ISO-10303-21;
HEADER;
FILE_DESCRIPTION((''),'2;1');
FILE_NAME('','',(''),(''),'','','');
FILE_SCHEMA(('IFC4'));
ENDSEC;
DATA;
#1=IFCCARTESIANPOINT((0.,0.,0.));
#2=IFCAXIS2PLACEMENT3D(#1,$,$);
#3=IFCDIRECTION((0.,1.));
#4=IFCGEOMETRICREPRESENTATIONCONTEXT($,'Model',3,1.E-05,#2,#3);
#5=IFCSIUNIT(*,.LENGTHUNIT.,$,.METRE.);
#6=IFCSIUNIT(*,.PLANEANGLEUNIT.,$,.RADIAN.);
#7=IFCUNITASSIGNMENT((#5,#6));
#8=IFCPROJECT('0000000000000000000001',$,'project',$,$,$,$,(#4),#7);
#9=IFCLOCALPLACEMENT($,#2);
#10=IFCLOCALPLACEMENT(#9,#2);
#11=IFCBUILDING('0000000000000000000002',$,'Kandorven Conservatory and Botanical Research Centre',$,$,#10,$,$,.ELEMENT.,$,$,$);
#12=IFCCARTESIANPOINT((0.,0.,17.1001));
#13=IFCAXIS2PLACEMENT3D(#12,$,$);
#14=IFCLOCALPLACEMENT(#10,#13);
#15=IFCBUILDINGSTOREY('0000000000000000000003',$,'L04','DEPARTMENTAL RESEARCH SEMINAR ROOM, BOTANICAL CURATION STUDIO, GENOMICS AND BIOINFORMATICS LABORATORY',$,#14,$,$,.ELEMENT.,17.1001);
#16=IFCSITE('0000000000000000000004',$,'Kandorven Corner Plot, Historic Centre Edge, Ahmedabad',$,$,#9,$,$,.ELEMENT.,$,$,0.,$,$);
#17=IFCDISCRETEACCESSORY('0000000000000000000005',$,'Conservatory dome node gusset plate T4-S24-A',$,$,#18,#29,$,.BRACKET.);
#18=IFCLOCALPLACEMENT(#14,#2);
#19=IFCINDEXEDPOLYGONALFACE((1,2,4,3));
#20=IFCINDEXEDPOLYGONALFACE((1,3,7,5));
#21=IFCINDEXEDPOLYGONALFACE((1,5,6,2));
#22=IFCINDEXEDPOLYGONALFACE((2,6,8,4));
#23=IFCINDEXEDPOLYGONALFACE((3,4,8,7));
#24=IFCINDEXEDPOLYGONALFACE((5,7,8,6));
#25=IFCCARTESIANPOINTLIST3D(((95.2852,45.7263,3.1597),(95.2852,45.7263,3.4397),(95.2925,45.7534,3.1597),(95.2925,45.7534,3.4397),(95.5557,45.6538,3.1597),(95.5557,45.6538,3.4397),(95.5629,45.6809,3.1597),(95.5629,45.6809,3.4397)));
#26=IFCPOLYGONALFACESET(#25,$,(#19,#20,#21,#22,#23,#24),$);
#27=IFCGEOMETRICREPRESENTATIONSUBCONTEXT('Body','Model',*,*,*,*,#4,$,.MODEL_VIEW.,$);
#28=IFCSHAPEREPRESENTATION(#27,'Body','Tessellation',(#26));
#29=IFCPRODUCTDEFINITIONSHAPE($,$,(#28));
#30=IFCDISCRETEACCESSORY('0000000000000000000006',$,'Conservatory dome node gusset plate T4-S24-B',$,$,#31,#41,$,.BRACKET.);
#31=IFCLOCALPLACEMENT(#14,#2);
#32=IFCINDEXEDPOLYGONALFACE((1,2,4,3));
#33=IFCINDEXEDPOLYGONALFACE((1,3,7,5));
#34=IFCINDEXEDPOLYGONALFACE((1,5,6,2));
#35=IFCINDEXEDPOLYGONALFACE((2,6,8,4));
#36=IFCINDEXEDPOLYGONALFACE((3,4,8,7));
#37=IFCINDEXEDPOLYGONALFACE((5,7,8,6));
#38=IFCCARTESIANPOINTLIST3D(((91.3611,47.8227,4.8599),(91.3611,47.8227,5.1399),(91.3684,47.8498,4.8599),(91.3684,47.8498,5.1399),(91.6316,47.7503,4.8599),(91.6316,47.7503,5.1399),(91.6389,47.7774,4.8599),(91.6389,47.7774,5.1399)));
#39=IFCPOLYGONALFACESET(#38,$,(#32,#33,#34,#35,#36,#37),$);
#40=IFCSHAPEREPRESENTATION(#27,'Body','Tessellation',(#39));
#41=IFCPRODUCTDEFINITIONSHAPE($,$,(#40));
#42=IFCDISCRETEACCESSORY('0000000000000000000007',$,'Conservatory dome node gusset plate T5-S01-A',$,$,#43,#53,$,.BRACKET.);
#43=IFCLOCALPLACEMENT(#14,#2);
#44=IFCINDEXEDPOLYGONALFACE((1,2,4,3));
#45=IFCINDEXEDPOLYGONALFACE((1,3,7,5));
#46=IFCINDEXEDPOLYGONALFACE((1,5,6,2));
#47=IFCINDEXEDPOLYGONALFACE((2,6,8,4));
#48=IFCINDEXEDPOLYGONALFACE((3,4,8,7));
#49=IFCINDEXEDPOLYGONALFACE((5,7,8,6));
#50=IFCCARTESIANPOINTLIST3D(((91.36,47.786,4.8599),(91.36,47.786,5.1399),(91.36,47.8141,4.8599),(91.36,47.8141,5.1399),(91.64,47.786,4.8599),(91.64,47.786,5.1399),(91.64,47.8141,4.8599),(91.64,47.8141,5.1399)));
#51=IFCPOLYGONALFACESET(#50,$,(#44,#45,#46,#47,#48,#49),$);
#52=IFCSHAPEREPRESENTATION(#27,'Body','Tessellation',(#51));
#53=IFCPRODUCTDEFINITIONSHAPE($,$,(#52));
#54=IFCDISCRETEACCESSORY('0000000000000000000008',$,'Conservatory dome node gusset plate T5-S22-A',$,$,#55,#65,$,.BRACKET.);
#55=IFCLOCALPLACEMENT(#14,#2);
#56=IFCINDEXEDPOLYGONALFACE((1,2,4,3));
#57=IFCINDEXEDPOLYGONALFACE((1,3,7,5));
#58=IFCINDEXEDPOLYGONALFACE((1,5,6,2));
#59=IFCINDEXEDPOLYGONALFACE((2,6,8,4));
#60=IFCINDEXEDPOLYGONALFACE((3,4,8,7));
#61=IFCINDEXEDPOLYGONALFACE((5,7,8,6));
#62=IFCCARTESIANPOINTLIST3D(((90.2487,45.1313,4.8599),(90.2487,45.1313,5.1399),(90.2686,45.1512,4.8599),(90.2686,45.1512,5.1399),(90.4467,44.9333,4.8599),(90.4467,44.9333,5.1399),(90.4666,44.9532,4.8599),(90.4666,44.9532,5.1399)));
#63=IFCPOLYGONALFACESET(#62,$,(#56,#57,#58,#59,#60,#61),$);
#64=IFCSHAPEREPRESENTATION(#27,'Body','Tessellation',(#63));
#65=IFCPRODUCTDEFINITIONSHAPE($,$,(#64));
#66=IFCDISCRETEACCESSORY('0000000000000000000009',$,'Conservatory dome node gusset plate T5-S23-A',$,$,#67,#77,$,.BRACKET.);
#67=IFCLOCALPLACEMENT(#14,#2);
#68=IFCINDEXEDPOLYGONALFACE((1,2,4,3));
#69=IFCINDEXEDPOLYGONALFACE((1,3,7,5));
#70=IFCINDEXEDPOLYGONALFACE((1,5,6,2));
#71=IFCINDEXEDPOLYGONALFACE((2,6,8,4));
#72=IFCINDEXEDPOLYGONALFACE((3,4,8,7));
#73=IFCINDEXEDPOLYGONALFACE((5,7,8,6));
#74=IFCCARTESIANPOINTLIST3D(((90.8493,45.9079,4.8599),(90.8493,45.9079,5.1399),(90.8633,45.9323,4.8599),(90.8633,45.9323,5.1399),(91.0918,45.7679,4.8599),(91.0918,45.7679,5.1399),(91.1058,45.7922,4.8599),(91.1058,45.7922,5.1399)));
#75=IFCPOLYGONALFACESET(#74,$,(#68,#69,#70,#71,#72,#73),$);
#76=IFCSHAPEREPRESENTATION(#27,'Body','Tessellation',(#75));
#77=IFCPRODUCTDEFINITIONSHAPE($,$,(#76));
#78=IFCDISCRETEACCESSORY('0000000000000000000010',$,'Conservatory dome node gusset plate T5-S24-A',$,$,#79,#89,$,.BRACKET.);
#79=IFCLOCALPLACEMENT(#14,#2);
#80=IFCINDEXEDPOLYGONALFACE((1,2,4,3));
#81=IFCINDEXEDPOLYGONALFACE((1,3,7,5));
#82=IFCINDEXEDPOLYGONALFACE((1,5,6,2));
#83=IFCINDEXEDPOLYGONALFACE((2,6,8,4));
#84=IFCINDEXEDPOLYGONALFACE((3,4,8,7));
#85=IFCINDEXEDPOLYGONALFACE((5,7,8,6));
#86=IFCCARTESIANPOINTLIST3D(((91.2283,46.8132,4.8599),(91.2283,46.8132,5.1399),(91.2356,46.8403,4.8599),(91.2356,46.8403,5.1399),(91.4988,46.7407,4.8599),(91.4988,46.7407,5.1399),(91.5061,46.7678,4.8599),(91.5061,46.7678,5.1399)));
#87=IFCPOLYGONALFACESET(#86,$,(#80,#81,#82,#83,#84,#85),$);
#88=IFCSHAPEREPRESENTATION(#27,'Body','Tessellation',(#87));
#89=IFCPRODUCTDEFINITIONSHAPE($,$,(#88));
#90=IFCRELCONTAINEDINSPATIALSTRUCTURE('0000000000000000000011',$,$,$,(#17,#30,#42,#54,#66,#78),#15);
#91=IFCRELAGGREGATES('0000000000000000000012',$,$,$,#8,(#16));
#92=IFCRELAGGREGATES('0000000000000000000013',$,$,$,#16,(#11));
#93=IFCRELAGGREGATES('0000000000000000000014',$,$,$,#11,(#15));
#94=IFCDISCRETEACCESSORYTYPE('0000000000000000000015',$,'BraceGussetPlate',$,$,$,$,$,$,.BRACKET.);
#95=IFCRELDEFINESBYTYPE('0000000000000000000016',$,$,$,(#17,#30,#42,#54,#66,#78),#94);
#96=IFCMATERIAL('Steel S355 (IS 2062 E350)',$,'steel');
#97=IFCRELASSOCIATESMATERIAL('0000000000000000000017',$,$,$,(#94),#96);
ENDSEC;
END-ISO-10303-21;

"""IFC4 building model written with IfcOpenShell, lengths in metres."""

from ifc_helpers import new_model, si_unit, direction, frame, origin, origin_2d, place, context, subcontext, project, spatial, rectangle, extrude, material, type_object, element, save


model = new_model("IFC4")

# Units and contexts
model_context = context("Model", 3, precision=1e-05, world=origin(), true_north=direction((0.0, 1.0)))
body_context = subcontext(model_context, "Body", "Model", "MODEL_VIEW")
ifc_project = project(units=[si_unit("LENGTHUNIT", "METRE"), si_unit("PLANEANGLEUNIT", "RADIAN")], contexts=[model_context])

# Site, building, storey
site_placement = place(None, origin())
site = spatial("IfcSite", under=ifc_project, at=site_placement, Name="Kandorven Corner Plot, Historic Centre Edge, Ahmedabad", CompositionType="ELEMENT", RefElevation=0.0)
building_placement = place(site_placement, origin())
building = spatial("IfcBuilding", under=site, at=building_placement, Name="Kandorven Conservatory and Botanical Research Centre", CompositionType="ELEMENT")
storey_placement = place(building_placement, frame((0.0, 0.0, 17.1001)))
storey = spatial("IfcBuildingStorey", under=building, at=storey_placement, Name="L04", Description="DEPARTMENTAL RESEARCH SEMINAR ROOM, BOTANICAL CURATION STUDIO, GENOMICS AND BIOINFORMATICS LABORATORY", CompositionType="ELEMENT", Elevation=17.1001)

# Discrete accessories
ifc_material_1 = material(Name="Steel S355 (IS 2062 E350)", Category="steel")
discrete_accessory_type = type_object("IfcDiscreteAccessoryType", Name="BraceGussetPlate", PredefinedType="BRACKET", material=ifc_material_1)
for number, where, z_axis, x_axis, name in (
    (1, (95.4241, 45.7036, 3.1597), (0.0, 0.0, 1.0), (0.965926, -0.258819, 0.0), "Conservatory dome node gusset plate T4-S24-A"),
    (2, (91.5, 47.8, 4.8599), (0.0, 0.0, 1.0), (0.965926, -0.258819, 0.0), "Conservatory dome node gusset plate T4-S24-B"),
    (3, (91.5, 47.8, 4.8599), (0.0, 0.0, 1.0), (1.0, 0.0, 0.0), "Conservatory dome node gusset plate T5-S01-A"),
    (4, (90.3577, 45.0422, 4.8599), (0.0, 0.0, 1.0), (0.707107, -0.707107, 0.0), "Conservatory dome node gusset plate T5-S22-A"),
    (5, (90.9775, 45.8501, 4.8599), (0.0, 0.0, 1.0), (0.866025, -0.5, 0.0), "Conservatory dome node gusset plate T5-S23-A"),
    (6, (91.3672, 46.7905, 4.8599), (0.0, 0.0, 1.0), (0.965926, -0.258819, 0.0), "Conservatory dome node gusset plate T5-S24-A"),
):
    element("IfcDiscreteAccessory", number, at=place(storey_placement, frame(where, z_axis=z_axis, x_axis=x_axis)), inside=storey, type_object=discrete_accessory_type, Name=name, PredefinedType="BRACKET", context=body_context, shape_type="SweptSolid", body=[
        extrude(rectangle(XDim=0.28, YDim=0.0281, at=origin_2d()), origin(), (0.0, 0.0, 1.0), 0.28),
    ])

save(model, "model.ifc")
